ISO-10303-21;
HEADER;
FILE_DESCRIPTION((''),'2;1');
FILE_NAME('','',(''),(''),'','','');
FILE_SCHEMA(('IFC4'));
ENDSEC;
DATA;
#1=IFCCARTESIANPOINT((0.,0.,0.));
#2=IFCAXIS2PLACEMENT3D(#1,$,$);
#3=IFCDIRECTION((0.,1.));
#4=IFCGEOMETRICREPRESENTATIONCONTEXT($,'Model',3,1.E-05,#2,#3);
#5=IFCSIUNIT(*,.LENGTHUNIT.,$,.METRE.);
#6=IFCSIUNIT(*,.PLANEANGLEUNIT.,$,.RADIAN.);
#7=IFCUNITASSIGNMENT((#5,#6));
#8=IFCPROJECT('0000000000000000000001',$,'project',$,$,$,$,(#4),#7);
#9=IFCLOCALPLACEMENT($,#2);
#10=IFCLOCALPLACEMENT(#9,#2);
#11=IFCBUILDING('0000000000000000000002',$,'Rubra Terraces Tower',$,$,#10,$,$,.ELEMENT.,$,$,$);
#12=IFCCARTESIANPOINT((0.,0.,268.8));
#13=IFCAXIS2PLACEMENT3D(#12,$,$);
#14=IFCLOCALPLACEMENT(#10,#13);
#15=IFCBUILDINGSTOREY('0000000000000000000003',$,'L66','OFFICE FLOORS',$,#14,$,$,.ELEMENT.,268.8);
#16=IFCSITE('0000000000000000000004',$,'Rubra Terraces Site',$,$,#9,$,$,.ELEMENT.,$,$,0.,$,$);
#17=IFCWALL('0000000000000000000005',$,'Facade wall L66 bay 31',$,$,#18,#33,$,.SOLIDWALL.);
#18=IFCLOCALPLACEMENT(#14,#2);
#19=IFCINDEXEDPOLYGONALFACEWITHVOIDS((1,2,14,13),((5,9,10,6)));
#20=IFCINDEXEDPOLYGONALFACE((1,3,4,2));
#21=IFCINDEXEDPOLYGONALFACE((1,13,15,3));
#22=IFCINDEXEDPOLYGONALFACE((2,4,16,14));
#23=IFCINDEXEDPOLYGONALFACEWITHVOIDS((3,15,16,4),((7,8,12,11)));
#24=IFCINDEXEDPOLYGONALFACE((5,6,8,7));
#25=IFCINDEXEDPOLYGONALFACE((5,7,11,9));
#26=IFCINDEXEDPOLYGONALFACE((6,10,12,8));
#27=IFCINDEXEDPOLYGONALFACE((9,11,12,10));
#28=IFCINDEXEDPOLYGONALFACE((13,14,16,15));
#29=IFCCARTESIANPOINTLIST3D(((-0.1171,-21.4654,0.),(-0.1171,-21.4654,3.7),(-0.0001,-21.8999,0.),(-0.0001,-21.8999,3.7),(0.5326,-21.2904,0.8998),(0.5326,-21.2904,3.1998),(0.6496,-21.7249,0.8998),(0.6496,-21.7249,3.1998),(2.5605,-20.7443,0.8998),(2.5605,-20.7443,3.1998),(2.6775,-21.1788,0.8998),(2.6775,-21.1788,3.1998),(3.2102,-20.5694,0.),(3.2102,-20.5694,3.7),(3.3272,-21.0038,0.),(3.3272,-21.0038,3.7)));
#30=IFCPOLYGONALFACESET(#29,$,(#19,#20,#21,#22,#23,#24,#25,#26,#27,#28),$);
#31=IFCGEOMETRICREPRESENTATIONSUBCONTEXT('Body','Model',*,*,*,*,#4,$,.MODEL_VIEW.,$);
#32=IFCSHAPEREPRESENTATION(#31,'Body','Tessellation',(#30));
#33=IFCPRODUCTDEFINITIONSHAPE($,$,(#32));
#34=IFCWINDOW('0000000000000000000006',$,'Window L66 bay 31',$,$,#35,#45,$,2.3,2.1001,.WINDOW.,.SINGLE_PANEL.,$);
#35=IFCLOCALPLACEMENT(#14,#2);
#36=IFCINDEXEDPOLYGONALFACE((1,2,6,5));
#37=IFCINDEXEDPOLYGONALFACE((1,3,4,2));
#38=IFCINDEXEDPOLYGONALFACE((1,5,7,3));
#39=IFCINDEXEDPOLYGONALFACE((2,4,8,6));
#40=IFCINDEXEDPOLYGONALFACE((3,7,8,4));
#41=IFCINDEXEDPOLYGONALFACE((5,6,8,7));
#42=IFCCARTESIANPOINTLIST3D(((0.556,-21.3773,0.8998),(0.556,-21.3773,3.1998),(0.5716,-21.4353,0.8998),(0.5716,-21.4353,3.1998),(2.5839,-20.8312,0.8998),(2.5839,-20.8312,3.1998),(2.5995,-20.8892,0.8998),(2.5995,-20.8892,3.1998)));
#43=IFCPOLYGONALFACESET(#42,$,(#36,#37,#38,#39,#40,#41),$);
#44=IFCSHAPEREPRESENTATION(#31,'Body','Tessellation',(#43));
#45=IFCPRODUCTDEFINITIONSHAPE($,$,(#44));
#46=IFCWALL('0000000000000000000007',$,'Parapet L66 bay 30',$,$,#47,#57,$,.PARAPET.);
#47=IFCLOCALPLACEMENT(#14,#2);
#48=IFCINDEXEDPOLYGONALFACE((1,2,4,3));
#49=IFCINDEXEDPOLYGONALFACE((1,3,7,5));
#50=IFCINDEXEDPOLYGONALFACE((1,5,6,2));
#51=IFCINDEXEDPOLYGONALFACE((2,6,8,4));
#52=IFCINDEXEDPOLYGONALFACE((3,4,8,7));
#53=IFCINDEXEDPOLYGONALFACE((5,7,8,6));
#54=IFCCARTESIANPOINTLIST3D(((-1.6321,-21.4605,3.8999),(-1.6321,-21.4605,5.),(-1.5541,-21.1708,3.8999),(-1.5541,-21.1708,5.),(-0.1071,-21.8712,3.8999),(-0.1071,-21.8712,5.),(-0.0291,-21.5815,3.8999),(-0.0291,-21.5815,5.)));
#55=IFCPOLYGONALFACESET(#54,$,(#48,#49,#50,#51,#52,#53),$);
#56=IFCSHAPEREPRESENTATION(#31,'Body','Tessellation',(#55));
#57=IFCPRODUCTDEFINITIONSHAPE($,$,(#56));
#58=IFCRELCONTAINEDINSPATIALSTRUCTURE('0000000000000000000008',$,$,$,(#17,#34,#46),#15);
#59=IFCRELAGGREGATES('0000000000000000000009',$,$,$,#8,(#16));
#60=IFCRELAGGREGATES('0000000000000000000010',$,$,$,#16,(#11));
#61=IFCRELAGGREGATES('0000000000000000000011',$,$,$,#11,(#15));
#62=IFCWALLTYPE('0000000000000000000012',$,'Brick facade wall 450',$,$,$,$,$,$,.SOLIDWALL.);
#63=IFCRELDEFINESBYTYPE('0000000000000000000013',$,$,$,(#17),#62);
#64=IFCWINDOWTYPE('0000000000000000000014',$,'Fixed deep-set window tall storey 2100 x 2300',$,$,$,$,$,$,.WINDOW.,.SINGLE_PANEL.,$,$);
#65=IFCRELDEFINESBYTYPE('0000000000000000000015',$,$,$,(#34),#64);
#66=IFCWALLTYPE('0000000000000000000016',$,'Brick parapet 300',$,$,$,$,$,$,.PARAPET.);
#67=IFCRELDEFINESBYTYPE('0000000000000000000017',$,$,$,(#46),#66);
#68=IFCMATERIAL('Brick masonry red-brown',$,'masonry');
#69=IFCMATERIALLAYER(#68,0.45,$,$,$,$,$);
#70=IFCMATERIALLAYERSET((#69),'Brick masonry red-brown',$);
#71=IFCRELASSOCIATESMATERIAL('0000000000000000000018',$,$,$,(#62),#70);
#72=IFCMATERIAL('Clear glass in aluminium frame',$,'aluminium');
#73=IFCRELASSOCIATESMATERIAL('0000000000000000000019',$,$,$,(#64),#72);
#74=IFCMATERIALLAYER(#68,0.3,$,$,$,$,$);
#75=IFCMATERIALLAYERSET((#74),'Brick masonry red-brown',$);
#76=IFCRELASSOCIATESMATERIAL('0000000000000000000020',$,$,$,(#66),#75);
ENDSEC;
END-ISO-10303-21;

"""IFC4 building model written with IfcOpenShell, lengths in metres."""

from ifc_helpers import new_model, si_unit, direction, frame, frame_2d, origin, place, context, subcontext, project, spatial, rectangle, extrude, material, layer, layer_set, type_object, element, fill, save


model = new_model("IFC4")

# Units and contexts
model_context = context("Model", 3, precision=1e-05, world=origin(), true_north=direction((0.0, 1.0)))
body_context = subcontext(model_context, "Body", "Model", "MODEL_VIEW")
ifc_project = project(units=[si_unit("LENGTHUNIT", "METRE"), si_unit("PLANEANGLEUNIT", "RADIAN")], contexts=[model_context])

# Site, building, storey
site_placement = place(None, origin())
site = spatial("IfcSite", under=ifc_project, at=site_placement, Name="Rubra Terraces Site", CompositionType="ELEMENT", RefElevation=0.0)
building_placement = place(site_placement, origin())
building = spatial("IfcBuilding", under=site, at=building_placement, Name="Rubra Terraces Tower", CompositionType="ELEMENT")
storey_placement = place(building_placement, frame((0.0, 0.0, 268.8)))
storey = spatial("IfcBuildingStorey", under=building, at=storey_placement, Name="L66", Description="OFFICE FLOORS", CompositionType="ELEMENT", Elevation=268.8)

# Wall, opening, window
ifc_material_1 = material(Name="Brick masonry red-brown", Category="masonry")
ifc_layer_1 = layer(ifc_material_1, 0.45)
ifc_layer_set_1 = layer_set([ifc_layer_1], Name="Brick masonry red-brown")
wall_type_1 = type_object("IfcWallType", Name="Brick facade wall 450", PredefinedType="SOLIDWALL", material=ifc_layer_set_1)
ifc_material_2 = material(Name="Clear glass in aluminium frame", Category="aluminium")
window_type = type_object("IfcWindowType", Name="Fixed deep-set window tall storey 2100 x 2300", PartitioningType="SINGLE_PANEL", PredefinedType="WINDOW", material=ifc_material_2)
wall_1_placement = place(storey_placement, frame((-0.0586, -21.6826, 0.0), z_axis=(0.0, 0.0, 1.0), x_axis=(0.965599, 0.260034, 0.0)))
wall_1 = element("IfcWall", 1, at=wall_1_placement, inside=storey, type_object=wall_type_1, Name="Facade wall L66 bay 31", PredefinedType="SOLIDWALL", context=body_context, shape_type="SweptSolid", body=[
    extrude(rectangle(XDim=3.4458, YDim=0.45, at=frame_2d((1.7229, 0.0))), origin(), (0.0, 0.0, 1.0), 3.7),
])
opening_1_placement = place(wall_1_placement, frame((0.6729, 0.0, 0.8999)))
opening_1 = element("IfcOpeningElement", 2, at=opening_1_placement, cuts=wall_1, PredefinedType="OPENING", context=body_context, shape_type="SweptSolid", body=[
    extrude(rectangle(XDim=2.1001, YDim=2.3, at=frame_2d((1.05, 1.1499))), frame((0.0, 0.2349, 0.0), z_axis=(0.0, -1.0, 0.0), x_axis=(1.0, 0.0, 0.0)), (0.0, 0.0, 1.0), 0.47),
])
window_1_placement = place(opening_1_placement, origin())
window_1 = element("IfcWindow", 3, at=window_1_placement, inside=storey, type_object=window_type, Name="Window L66 bay 31", OverallHeight=2.3, OverallWidth=2.1001, PartitioningType="SINGLE_PANEL", PredefinedType="WINDOW", context=body_context, shape_type="SweptSolid", body=[
    extrude(rectangle(XDim=2.1001, YDim=2.3, at=frame_2d((1.05, 1.1499))), frame((0.0, 0.135, 0.0), z_axis=(0.0, -1.0, 0.0), x_axis=(1.0, 0.0, 0.0)), (0.0, 0.0, 1.0), 0.0601),
])
fill(opening_1, window_1)

# Wall
ifc_layer_2 = layer(ifc_material_1, 0.3)
ifc_layer_set_2 = layer_set([ifc_layer_2], Name="Brick masonry red-brown")
wall_type_2 = type_object("IfcWallType", Name="Brick parapet 300", PredefinedType="PARAPET", material=ifc_layer_set_2)
wall_2_placement = place(storey_placement, frame((-1.593, -21.3157, 3.8999), z_axis=(0.0, 0.0, 1.0), x_axis=(0.965601, -0.260029, 0.0)))
element("IfcWall", 4, at=wall_2_placement, inside=storey, type_object=wall_type_2, Name="Parapet L66 bay 30", PredefinedType="PARAPET", context=body_context, shape_type="SweptSolid", body=[
    extrude(rectangle(XDim=1.5793, YDim=0.3, at=frame_2d((0.7896, 0.0))), origin(), (0.0, 0.0, 1.0), 1.1001),
])

save(model, "model.ifc")
